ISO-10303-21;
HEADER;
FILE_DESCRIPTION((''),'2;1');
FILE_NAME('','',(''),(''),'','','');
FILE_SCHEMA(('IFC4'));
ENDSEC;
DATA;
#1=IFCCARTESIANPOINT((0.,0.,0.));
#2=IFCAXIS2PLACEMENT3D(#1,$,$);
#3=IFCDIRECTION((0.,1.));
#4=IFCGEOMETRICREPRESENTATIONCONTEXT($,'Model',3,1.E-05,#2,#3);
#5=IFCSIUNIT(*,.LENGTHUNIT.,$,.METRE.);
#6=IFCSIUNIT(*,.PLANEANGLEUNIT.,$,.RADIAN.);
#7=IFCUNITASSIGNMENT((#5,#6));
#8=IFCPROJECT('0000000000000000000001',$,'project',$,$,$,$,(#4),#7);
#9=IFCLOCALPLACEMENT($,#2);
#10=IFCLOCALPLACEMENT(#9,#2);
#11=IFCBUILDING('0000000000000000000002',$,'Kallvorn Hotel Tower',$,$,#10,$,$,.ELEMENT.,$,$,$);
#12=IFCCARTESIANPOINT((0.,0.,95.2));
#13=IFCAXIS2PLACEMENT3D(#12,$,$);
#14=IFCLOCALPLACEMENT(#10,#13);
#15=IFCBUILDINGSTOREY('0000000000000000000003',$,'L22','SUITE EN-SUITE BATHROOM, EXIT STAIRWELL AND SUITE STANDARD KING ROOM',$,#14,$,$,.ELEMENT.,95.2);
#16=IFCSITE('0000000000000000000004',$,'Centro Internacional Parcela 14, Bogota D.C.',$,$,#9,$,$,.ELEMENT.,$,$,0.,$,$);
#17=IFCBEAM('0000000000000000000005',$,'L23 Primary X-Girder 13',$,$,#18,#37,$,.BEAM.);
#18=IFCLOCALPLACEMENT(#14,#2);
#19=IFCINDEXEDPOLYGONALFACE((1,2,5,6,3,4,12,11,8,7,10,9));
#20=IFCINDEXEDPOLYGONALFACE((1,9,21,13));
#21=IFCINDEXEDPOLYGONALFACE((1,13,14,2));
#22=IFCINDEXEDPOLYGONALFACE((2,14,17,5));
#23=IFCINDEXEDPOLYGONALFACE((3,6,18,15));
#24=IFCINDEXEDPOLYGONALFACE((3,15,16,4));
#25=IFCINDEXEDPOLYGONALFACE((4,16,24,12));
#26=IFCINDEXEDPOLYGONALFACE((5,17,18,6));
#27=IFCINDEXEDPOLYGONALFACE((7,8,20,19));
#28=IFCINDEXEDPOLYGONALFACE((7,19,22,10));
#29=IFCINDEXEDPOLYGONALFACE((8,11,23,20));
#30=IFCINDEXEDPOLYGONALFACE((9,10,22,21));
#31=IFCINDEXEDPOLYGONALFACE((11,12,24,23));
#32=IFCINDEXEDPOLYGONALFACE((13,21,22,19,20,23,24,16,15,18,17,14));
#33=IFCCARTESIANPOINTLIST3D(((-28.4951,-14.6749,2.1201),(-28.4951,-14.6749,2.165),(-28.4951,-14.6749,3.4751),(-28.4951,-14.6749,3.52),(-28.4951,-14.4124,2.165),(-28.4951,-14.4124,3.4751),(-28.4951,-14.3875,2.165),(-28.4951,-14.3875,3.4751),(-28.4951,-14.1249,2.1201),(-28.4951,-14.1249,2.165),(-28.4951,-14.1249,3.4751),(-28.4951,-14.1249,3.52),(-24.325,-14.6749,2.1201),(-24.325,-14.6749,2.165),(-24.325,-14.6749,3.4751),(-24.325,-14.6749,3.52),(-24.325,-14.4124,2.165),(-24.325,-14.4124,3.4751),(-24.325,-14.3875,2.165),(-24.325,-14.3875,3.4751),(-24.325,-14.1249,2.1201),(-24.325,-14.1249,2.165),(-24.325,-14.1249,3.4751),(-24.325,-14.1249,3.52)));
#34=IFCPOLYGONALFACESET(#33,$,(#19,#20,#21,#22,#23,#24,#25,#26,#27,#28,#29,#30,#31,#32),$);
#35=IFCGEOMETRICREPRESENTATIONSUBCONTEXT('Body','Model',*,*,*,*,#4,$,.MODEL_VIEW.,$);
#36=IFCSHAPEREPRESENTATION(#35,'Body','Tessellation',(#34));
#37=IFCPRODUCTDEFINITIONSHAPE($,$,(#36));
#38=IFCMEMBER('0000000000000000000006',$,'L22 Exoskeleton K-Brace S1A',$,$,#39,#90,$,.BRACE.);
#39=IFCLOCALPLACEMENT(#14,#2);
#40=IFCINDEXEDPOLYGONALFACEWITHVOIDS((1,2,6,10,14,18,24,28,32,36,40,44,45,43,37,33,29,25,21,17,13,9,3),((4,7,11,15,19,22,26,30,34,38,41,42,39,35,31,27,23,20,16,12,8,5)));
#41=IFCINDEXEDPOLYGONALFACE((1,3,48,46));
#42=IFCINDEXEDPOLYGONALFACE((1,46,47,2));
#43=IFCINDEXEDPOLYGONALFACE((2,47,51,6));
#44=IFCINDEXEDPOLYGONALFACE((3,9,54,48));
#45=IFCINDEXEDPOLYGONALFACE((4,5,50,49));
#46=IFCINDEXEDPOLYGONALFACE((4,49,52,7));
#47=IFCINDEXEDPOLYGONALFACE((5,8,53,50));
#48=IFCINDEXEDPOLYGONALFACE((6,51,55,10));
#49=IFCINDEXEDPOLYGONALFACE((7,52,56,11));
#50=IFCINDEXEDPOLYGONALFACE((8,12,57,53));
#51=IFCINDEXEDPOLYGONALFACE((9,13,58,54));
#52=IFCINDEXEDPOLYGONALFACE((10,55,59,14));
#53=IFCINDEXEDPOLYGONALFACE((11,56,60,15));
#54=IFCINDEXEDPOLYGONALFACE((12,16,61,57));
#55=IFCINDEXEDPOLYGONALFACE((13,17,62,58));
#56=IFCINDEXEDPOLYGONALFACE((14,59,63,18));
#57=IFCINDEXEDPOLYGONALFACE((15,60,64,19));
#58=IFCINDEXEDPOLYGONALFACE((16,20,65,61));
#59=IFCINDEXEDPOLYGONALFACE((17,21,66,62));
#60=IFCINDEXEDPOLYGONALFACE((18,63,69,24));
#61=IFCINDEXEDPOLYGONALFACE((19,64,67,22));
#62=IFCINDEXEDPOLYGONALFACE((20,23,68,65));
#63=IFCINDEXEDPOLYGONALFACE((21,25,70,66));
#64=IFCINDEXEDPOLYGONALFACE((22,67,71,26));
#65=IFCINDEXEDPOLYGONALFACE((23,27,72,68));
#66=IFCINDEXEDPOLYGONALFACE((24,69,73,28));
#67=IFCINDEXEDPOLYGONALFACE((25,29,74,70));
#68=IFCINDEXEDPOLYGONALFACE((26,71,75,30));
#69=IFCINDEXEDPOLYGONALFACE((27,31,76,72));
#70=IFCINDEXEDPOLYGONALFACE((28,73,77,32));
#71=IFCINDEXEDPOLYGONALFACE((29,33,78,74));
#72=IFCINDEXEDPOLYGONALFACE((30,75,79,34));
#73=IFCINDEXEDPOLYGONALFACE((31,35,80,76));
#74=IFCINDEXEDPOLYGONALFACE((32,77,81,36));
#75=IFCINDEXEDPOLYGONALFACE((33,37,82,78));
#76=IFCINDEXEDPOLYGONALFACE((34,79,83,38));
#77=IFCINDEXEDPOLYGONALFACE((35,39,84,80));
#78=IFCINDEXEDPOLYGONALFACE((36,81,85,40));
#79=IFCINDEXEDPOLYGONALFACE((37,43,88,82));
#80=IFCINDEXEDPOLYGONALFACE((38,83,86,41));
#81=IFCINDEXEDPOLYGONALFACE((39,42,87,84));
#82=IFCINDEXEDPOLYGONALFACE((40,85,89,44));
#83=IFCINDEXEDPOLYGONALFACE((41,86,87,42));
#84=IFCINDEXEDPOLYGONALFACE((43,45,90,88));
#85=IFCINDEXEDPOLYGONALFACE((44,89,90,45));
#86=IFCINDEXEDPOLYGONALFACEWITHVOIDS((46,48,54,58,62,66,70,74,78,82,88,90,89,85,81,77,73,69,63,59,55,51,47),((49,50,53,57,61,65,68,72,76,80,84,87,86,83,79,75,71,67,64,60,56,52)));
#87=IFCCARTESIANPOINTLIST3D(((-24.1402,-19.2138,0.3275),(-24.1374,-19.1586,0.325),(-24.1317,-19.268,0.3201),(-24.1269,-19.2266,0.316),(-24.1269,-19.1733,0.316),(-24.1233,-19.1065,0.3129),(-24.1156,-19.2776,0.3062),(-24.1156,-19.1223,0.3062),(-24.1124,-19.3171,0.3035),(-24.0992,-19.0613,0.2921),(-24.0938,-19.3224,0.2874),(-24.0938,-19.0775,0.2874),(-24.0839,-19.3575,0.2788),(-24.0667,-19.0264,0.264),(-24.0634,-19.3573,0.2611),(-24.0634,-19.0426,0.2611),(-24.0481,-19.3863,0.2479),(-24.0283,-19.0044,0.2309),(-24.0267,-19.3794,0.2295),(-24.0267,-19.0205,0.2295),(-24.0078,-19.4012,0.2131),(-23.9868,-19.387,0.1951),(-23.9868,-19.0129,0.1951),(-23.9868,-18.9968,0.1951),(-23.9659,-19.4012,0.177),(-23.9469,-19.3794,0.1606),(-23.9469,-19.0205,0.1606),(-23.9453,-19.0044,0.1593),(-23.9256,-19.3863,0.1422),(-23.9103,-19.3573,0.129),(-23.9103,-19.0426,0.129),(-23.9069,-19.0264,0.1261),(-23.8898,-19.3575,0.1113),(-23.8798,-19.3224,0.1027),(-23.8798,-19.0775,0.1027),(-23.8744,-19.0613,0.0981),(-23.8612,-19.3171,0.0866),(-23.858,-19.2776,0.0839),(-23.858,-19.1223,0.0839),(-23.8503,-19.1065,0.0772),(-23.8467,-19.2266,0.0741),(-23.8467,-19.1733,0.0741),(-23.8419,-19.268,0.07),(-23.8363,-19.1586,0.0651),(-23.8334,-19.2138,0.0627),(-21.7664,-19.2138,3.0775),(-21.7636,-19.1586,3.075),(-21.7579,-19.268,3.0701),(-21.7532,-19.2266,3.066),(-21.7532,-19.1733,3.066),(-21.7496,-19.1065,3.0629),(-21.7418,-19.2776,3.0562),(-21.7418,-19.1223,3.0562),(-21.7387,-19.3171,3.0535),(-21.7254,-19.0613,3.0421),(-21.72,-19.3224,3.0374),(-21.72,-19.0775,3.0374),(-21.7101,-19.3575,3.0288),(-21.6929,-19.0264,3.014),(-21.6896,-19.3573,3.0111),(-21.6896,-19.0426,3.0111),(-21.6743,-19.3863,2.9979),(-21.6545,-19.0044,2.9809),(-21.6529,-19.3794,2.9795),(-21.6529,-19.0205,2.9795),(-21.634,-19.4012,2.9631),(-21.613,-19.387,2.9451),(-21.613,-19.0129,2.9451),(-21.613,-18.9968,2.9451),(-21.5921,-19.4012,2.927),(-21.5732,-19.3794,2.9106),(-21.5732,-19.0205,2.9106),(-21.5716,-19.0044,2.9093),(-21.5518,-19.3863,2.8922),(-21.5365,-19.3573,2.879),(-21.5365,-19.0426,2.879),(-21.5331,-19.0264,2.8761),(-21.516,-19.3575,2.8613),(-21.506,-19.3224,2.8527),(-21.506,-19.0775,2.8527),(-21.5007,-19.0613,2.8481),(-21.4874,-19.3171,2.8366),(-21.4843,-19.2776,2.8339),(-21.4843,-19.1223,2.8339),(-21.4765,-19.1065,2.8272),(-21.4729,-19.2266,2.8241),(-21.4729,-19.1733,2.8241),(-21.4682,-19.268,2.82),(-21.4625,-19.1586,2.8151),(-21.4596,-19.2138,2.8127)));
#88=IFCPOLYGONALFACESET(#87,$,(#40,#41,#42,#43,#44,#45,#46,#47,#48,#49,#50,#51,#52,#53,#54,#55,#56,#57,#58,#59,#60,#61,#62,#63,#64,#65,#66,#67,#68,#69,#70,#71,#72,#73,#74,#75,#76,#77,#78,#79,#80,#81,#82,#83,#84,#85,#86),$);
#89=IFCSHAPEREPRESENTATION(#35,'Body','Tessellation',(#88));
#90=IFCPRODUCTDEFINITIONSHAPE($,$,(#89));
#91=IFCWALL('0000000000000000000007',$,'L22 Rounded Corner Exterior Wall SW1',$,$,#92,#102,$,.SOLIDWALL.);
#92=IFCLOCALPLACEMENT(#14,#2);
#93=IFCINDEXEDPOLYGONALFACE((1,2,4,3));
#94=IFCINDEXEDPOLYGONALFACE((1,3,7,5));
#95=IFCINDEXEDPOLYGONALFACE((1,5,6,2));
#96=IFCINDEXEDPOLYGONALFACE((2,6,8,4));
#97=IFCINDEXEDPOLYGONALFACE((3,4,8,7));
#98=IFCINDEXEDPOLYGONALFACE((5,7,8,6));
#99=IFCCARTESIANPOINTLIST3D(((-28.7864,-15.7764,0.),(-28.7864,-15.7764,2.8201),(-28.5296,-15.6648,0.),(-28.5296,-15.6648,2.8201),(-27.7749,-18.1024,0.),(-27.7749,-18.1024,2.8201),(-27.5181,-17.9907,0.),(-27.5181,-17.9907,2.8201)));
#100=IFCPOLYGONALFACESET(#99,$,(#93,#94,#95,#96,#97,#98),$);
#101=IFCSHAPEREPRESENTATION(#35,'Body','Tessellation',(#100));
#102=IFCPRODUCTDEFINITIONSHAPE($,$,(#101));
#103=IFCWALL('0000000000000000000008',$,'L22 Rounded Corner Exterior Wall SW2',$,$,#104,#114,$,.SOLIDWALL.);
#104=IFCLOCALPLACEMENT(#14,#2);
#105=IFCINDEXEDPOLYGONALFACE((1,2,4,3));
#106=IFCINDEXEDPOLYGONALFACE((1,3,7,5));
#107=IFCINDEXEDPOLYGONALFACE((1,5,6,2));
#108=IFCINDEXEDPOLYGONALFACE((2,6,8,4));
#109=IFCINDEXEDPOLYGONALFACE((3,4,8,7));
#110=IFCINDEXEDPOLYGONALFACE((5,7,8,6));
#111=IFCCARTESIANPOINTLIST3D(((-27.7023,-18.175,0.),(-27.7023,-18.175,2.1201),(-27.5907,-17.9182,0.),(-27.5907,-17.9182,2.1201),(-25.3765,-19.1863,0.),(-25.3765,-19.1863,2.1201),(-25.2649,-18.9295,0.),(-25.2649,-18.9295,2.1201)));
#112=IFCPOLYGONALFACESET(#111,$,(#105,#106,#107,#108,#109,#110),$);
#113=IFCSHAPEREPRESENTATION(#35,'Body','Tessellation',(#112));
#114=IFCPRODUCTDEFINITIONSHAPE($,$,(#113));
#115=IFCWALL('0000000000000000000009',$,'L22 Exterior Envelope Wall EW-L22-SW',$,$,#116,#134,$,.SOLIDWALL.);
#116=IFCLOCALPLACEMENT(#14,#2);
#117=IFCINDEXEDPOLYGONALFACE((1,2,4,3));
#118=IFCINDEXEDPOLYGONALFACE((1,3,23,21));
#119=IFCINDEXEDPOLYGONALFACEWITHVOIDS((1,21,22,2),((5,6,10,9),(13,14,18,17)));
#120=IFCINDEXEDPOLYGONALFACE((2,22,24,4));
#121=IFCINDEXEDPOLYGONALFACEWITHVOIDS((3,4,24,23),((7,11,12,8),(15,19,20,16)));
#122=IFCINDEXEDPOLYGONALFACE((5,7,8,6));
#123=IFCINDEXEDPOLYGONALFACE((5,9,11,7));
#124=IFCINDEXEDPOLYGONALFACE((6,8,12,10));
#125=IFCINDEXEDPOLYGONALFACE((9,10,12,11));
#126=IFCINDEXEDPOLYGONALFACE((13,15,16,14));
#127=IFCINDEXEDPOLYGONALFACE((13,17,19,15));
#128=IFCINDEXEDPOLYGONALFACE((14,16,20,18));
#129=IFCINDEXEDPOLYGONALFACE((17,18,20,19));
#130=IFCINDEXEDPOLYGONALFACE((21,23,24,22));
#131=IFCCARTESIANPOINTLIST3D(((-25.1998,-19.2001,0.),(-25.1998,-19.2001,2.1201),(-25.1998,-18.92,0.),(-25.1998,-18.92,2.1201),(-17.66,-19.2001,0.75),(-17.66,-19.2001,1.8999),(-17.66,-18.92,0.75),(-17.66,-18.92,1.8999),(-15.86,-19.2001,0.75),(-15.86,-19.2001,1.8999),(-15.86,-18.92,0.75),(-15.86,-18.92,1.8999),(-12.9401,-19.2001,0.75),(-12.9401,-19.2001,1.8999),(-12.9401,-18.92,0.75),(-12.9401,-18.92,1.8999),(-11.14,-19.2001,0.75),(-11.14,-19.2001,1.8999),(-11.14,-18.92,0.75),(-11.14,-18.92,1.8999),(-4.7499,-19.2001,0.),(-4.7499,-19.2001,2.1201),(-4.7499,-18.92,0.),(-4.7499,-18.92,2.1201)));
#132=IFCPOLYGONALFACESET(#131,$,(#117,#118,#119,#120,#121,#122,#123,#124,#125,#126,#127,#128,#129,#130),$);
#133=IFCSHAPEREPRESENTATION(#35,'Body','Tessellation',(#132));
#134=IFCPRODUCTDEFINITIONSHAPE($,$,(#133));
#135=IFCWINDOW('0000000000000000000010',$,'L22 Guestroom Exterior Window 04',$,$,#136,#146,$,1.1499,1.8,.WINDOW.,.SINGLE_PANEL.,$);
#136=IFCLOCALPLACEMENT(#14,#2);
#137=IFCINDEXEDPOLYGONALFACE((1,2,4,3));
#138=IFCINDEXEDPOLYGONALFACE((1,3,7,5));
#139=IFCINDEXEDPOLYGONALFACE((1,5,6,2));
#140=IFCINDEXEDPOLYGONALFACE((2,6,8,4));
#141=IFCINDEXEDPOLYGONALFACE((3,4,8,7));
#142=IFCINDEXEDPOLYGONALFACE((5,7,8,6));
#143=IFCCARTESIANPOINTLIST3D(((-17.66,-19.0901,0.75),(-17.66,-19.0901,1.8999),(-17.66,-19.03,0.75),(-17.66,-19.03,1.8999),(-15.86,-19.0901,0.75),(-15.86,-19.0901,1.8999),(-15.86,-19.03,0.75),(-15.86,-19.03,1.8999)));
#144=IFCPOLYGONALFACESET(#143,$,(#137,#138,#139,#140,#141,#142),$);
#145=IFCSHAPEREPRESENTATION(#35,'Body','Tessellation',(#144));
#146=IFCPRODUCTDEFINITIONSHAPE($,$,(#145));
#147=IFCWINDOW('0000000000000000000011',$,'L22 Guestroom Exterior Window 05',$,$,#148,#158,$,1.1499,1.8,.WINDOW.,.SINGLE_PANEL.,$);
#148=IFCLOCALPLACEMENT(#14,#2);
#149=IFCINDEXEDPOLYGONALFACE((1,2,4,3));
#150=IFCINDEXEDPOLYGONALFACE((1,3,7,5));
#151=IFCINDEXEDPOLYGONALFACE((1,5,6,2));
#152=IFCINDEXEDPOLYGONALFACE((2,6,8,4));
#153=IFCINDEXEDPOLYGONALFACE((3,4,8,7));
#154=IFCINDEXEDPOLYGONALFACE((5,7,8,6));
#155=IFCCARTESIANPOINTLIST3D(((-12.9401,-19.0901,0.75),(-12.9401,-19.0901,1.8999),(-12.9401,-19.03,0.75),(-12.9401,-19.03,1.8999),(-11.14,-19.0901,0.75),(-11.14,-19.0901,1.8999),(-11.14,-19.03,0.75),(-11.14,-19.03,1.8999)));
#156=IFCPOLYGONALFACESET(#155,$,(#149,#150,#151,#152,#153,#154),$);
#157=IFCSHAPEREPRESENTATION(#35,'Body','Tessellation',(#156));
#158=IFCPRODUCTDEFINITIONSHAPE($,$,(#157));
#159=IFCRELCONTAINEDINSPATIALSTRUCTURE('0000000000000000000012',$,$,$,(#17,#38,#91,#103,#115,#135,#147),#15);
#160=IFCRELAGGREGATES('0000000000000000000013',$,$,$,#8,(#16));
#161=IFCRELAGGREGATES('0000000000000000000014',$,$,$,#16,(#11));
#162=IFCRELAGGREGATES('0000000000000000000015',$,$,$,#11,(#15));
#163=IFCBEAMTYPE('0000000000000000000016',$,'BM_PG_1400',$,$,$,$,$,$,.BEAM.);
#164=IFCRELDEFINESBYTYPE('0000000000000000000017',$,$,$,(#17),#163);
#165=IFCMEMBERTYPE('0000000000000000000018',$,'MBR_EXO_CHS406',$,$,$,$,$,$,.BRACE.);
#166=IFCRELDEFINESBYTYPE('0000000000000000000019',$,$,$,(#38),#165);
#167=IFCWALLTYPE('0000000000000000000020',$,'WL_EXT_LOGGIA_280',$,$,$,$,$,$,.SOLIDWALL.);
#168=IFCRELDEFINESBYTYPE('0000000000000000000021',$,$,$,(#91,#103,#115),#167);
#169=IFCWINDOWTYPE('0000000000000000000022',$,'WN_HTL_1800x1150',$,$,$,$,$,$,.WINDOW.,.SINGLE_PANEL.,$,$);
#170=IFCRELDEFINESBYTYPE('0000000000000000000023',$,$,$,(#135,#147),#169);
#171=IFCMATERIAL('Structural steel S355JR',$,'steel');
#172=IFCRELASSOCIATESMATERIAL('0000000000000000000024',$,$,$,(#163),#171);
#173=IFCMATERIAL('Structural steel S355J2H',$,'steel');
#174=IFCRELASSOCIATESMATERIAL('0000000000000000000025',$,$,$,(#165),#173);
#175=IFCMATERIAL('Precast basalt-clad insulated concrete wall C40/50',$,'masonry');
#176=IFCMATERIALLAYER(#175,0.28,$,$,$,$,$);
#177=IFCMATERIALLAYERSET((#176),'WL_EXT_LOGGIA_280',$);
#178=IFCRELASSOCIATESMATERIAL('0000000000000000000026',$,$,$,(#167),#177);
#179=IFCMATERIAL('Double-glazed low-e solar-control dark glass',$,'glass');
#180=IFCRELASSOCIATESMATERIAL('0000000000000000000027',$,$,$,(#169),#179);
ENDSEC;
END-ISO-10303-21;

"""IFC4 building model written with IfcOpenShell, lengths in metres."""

from ifc_helpers import new_model, si_unit, direction, frame, frame_2d, origin, origin_2d, place, context, subcontext, project, spatial, rectangle, hollow_circle, i_section, extrude, material, layer, layer_set, material_profile, profile_set, type_object, element, fill, save


model = new_model("IFC4")

# Units and contexts
model_context = context("Model", 3, precision=1e-05, world=origin(), true_north=direction((0.0, 1.0)))
body_context = subcontext(model_context, "Body", "Model", "MODEL_VIEW")
ifc_project = project(units=[si_unit("LENGTHUNIT", "METRE"), si_unit("PLANEANGLEUNIT", "RADIAN")], contexts=[model_context])

# Site, building, storey
site_placement = place(None, origin())
site = spatial("IfcSite", under=ifc_project, at=site_placement, Name="Centro Internacional Parcela 14, Bogota D.C.", CompositionType="ELEMENT", RefElevation=0.0)
building_placement = place(site_placement, origin())
building = spatial("IfcBuilding", under=site, at=building_placement, Name="Kallvorn Hotel Tower", CompositionType="ELEMENT")
storey_placement = place(building_placement, frame((0.0, 0.0, 95.2)))
storey = spatial("IfcBuildingStorey", under=building, at=storey_placement, Name="L22", Description="SUITE EN-SUITE BATHROOM, EXIT STAIRWELL AND SUITE STANDARD KING ROOM", CompositionType="ELEMENT", Elevation=95.2)

# Beam
ifc_material_1 = material(Name="Structural steel S355JR", Category="steel")
ifc_material_profile_1 = material_profile(ifc_material_1, i_section(OverallWidth=0.55, OverallDepth=1.3999, WebThickness=0.0249, FlangeThickness=0.0449, at=origin_2d()), Name="PG 1400x550x25x45")
ifc_profile_set_1 = profile_set([ifc_material_profile_1], Name="Structural steel S355JR")
beam_type_1 = type_object("IfcBeamType", Name="BM_PG_1400", PredefinedType="BEAM", material=ifc_profile_set_1)
beam_1_placement = place(storey_placement, frame((-28.4951, -14.3999, 2.8201), z_axis=(1.0, 0.0, 0.0), x_axis=(0.0, 1.0, 0.0)))
element("IfcBeam", 1, at=beam_1_placement, inside=storey, type_object=beam_type_1, Name="L23 Primary X-Girder 13", PredefinedType="BEAM", context=body_context, shape_type="SweptSolid", body=[
    extrude(i_section(OverallWidth=0.55, OverallDepth=1.3999, WebThickness=0.0249, FlangeThickness=0.0449, at=origin_2d()), origin(), (0.0, 0.0, 1.0), 4.1702),
])

# Member
ifc_material_2 = material(Name="Structural steel S355J2H", Category="steel")
ifc_material_profile_2 = material_profile(ifc_material_2, hollow_circle(Radius=0.2031, WallThickness=0.0161, at=origin_2d()), Name="CHS 406.4x16")
ifc_profile_set_2 = profile_set([ifc_material_profile_2], Name="Structural steel S355J2H")
member_type = type_object("IfcMemberType", Name="MBR_EXO_CHS406", PredefinedType="BRACE", material=ifc_profile_set_2)
member_placement = place(storey_placement, frame((-23.9868, -19.2, 0.1951), z_axis=(0.653427, 0.0, 0.756989), x_axis=(0.0, 1.0, 0.0)))
element("IfcMember", 2, at=member_placement, inside=storey, type_object=member_type, Name="L22 Exoskeleton K-Brace S1A", PredefinedType="BRACE", context=body_context, shape_type="SweptSolid", body=[
    extrude(hollow_circle(Radius=0.2031, WallThickness=0.0161, at=origin_2d()), origin(), (0.0, 0.0, 1.0), 3.6328),
])

# Walls
ifc_material_3 = material(Name="Precast basalt-clad insulated concrete wall C40/50", Category="masonry")
ifc_layer_1 = layer(ifc_material_3, 0.28)
ifc_layer_set_1 = layer_set([ifc_layer_1], Name="WL_EXT_LOGGIA_280")
wall_type_1 = type_object("IfcWallType", Name="WL_EXT_LOGGIA_280", PredefinedType="SOLIDWALL", material=ifc_layer_set_1)
wall_1_placement = place(storey_placement, frame((-28.658, -15.7207, 0.0), z_axis=(0.0, 0.0, 1.0), x_axis=(0.398793, -0.917041, 0.0)))
element("IfcWall", 3, at=wall_1_placement, inside=storey, type_object=wall_type_1, Name="L22 Rounded Corner Exterior Wall SW1", PredefinedType="SOLIDWALL", context=body_context, shape_type="SweptSolid", body=[
    extrude(rectangle(XDim=2.5364, YDim=0.28, at=frame_2d((1.2681, 0.0))), origin(), (0.0, 0.0, 1.0), 2.8201),
])
wall_2_placement = place(storey_placement, frame((-27.6465, -18.0466, 0.0), z_axis=(0.0, 0.0, 1.0), x_axis=(0.917061, -0.398747, 0.0)))
element("IfcWall", 4, at=wall_2_placement, inside=storey, type_object=wall_type_1, Name="L22 Rounded Corner Exterior Wall SW2", PredefinedType="SOLIDWALL", context=body_context, shape_type="SweptSolid", body=[
    extrude(rectangle(XDim=2.5361, YDim=0.28, at=frame_2d((1.2681, 0.0))), origin(), (0.0, 0.0, 1.0), 2.1201),
])

# Wall, openings, windows
wall_3_placement = place(storey_placement, frame((-25.2, -19.0601, 0.0), z_axis=(0.0, 0.0, 1.0), x_axis=(1.0, 0.0, 0.0)))
wall_3 = element("IfcWall", 5, at=wall_3_placement, inside=storey, type_object=wall_type_1, Name="L22 Exterior Envelope Wall EW-L22-SW", PredefinedType="SOLIDWALL", context=body_context, shape_type="SweptSolid", body=[
    extrude(rectangle(XDim=20.45, YDim=0.28, at=frame_2d((10.2251, 0.0))), origin(), (0.0, 0.0, 1.0), 2.1201),
])
opening_1_placement = place(wall_3_placement, frame((7.54, 0.0, 0.75)))
opening_1 = element("IfcOpeningElement", 6, at=opening_1_placement, cuts=wall_3, PredefinedType="OPENING", context=body_context, shape_type="SweptSolid", body=[
    extrude(rectangle(XDim=1.8, YDim=1.1499, at=frame_2d((0.8999, 0.575))), frame((0.0, 0.155, 0.0), z_axis=(0.0, -1.0, 0.0), x_axis=(1.0, 0.0, 0.0)), (0.0, 0.0, 1.0), 0.3101),
])
opening_2_placement = place(wall_3_placement, frame((12.26, 0.0, 0.75)))
opening_2 = element("IfcOpeningElement", 7, at=opening_2_placement, cuts=wall_3, PredefinedType="OPENING", context=body_context, shape_type="SweptSolid", body=[
    extrude(rectangle(XDim=1.8, YDim=1.1499, at=frame_2d((0.8999, 0.575))), frame((0.0, 0.155, 0.0), z_axis=(0.0, -1.0, 0.0), x_axis=(1.0, 0.0, 0.0)), (0.0, 0.0, 1.0), 0.3101),
])
ifc_material_4 = material(Name="Double-glazed low-e solar-control dark glass", Category="glass")
window_type_1 = type_object("IfcWindowType", Name="WN_HTL_1800x1150", PartitioningType="SINGLE_PANEL", PredefinedType="WINDOW", material=ifc_material_4)
window_1_placement = place(opening_1_placement, origin())
window_1 = element("IfcWindow", 8, at=window_1_placement, inside=storey, type_object=window_type_1, Name="L22 Guestroom Exterior Window 04", OverallHeight=1.1499, OverallWidth=1.8, PartitioningType="SINGLE_PANEL", PredefinedType="WINDOW", context=body_context, shape_type="SweptSolid", body=[
    extrude(rectangle(XDim=1.8, YDim=1.1499, at=frame_2d((0.8999, 0.575))), frame((0.0, 0.03, 0.0), z_axis=(0.0, -1.0, 0.0), x_axis=(1.0, 0.0, 0.0)), (0.0, 0.0, 1.0), 0.0601),
])
fill(opening_1, window_1)
window_2_placement = place(opening_2_placement, origin())
window_2 = element("IfcWindow", 9, at=window_2_placement, inside=storey, type_object=window_type_1, Name="L22 Guestroom Exterior Window 05", OverallHeight=1.1499, OverallWidth=1.8, PartitioningType="SINGLE_PANEL", PredefinedType="WINDOW", context=body_context, shape_type="SweptSolid", body=[
    extrude(rectangle(XDim=1.8, YDim=1.1499, at=frame_2d((0.8999, 0.575))), frame((0.0, 0.03, 0.0), z_axis=(0.0, -1.0, 0.0), x_axis=(1.0, 0.0, 0.0)), (0.0, 0.0, 1.0), 0.0601),
])
fill(opening_2, window_2)

save(model, "model.ifc")
